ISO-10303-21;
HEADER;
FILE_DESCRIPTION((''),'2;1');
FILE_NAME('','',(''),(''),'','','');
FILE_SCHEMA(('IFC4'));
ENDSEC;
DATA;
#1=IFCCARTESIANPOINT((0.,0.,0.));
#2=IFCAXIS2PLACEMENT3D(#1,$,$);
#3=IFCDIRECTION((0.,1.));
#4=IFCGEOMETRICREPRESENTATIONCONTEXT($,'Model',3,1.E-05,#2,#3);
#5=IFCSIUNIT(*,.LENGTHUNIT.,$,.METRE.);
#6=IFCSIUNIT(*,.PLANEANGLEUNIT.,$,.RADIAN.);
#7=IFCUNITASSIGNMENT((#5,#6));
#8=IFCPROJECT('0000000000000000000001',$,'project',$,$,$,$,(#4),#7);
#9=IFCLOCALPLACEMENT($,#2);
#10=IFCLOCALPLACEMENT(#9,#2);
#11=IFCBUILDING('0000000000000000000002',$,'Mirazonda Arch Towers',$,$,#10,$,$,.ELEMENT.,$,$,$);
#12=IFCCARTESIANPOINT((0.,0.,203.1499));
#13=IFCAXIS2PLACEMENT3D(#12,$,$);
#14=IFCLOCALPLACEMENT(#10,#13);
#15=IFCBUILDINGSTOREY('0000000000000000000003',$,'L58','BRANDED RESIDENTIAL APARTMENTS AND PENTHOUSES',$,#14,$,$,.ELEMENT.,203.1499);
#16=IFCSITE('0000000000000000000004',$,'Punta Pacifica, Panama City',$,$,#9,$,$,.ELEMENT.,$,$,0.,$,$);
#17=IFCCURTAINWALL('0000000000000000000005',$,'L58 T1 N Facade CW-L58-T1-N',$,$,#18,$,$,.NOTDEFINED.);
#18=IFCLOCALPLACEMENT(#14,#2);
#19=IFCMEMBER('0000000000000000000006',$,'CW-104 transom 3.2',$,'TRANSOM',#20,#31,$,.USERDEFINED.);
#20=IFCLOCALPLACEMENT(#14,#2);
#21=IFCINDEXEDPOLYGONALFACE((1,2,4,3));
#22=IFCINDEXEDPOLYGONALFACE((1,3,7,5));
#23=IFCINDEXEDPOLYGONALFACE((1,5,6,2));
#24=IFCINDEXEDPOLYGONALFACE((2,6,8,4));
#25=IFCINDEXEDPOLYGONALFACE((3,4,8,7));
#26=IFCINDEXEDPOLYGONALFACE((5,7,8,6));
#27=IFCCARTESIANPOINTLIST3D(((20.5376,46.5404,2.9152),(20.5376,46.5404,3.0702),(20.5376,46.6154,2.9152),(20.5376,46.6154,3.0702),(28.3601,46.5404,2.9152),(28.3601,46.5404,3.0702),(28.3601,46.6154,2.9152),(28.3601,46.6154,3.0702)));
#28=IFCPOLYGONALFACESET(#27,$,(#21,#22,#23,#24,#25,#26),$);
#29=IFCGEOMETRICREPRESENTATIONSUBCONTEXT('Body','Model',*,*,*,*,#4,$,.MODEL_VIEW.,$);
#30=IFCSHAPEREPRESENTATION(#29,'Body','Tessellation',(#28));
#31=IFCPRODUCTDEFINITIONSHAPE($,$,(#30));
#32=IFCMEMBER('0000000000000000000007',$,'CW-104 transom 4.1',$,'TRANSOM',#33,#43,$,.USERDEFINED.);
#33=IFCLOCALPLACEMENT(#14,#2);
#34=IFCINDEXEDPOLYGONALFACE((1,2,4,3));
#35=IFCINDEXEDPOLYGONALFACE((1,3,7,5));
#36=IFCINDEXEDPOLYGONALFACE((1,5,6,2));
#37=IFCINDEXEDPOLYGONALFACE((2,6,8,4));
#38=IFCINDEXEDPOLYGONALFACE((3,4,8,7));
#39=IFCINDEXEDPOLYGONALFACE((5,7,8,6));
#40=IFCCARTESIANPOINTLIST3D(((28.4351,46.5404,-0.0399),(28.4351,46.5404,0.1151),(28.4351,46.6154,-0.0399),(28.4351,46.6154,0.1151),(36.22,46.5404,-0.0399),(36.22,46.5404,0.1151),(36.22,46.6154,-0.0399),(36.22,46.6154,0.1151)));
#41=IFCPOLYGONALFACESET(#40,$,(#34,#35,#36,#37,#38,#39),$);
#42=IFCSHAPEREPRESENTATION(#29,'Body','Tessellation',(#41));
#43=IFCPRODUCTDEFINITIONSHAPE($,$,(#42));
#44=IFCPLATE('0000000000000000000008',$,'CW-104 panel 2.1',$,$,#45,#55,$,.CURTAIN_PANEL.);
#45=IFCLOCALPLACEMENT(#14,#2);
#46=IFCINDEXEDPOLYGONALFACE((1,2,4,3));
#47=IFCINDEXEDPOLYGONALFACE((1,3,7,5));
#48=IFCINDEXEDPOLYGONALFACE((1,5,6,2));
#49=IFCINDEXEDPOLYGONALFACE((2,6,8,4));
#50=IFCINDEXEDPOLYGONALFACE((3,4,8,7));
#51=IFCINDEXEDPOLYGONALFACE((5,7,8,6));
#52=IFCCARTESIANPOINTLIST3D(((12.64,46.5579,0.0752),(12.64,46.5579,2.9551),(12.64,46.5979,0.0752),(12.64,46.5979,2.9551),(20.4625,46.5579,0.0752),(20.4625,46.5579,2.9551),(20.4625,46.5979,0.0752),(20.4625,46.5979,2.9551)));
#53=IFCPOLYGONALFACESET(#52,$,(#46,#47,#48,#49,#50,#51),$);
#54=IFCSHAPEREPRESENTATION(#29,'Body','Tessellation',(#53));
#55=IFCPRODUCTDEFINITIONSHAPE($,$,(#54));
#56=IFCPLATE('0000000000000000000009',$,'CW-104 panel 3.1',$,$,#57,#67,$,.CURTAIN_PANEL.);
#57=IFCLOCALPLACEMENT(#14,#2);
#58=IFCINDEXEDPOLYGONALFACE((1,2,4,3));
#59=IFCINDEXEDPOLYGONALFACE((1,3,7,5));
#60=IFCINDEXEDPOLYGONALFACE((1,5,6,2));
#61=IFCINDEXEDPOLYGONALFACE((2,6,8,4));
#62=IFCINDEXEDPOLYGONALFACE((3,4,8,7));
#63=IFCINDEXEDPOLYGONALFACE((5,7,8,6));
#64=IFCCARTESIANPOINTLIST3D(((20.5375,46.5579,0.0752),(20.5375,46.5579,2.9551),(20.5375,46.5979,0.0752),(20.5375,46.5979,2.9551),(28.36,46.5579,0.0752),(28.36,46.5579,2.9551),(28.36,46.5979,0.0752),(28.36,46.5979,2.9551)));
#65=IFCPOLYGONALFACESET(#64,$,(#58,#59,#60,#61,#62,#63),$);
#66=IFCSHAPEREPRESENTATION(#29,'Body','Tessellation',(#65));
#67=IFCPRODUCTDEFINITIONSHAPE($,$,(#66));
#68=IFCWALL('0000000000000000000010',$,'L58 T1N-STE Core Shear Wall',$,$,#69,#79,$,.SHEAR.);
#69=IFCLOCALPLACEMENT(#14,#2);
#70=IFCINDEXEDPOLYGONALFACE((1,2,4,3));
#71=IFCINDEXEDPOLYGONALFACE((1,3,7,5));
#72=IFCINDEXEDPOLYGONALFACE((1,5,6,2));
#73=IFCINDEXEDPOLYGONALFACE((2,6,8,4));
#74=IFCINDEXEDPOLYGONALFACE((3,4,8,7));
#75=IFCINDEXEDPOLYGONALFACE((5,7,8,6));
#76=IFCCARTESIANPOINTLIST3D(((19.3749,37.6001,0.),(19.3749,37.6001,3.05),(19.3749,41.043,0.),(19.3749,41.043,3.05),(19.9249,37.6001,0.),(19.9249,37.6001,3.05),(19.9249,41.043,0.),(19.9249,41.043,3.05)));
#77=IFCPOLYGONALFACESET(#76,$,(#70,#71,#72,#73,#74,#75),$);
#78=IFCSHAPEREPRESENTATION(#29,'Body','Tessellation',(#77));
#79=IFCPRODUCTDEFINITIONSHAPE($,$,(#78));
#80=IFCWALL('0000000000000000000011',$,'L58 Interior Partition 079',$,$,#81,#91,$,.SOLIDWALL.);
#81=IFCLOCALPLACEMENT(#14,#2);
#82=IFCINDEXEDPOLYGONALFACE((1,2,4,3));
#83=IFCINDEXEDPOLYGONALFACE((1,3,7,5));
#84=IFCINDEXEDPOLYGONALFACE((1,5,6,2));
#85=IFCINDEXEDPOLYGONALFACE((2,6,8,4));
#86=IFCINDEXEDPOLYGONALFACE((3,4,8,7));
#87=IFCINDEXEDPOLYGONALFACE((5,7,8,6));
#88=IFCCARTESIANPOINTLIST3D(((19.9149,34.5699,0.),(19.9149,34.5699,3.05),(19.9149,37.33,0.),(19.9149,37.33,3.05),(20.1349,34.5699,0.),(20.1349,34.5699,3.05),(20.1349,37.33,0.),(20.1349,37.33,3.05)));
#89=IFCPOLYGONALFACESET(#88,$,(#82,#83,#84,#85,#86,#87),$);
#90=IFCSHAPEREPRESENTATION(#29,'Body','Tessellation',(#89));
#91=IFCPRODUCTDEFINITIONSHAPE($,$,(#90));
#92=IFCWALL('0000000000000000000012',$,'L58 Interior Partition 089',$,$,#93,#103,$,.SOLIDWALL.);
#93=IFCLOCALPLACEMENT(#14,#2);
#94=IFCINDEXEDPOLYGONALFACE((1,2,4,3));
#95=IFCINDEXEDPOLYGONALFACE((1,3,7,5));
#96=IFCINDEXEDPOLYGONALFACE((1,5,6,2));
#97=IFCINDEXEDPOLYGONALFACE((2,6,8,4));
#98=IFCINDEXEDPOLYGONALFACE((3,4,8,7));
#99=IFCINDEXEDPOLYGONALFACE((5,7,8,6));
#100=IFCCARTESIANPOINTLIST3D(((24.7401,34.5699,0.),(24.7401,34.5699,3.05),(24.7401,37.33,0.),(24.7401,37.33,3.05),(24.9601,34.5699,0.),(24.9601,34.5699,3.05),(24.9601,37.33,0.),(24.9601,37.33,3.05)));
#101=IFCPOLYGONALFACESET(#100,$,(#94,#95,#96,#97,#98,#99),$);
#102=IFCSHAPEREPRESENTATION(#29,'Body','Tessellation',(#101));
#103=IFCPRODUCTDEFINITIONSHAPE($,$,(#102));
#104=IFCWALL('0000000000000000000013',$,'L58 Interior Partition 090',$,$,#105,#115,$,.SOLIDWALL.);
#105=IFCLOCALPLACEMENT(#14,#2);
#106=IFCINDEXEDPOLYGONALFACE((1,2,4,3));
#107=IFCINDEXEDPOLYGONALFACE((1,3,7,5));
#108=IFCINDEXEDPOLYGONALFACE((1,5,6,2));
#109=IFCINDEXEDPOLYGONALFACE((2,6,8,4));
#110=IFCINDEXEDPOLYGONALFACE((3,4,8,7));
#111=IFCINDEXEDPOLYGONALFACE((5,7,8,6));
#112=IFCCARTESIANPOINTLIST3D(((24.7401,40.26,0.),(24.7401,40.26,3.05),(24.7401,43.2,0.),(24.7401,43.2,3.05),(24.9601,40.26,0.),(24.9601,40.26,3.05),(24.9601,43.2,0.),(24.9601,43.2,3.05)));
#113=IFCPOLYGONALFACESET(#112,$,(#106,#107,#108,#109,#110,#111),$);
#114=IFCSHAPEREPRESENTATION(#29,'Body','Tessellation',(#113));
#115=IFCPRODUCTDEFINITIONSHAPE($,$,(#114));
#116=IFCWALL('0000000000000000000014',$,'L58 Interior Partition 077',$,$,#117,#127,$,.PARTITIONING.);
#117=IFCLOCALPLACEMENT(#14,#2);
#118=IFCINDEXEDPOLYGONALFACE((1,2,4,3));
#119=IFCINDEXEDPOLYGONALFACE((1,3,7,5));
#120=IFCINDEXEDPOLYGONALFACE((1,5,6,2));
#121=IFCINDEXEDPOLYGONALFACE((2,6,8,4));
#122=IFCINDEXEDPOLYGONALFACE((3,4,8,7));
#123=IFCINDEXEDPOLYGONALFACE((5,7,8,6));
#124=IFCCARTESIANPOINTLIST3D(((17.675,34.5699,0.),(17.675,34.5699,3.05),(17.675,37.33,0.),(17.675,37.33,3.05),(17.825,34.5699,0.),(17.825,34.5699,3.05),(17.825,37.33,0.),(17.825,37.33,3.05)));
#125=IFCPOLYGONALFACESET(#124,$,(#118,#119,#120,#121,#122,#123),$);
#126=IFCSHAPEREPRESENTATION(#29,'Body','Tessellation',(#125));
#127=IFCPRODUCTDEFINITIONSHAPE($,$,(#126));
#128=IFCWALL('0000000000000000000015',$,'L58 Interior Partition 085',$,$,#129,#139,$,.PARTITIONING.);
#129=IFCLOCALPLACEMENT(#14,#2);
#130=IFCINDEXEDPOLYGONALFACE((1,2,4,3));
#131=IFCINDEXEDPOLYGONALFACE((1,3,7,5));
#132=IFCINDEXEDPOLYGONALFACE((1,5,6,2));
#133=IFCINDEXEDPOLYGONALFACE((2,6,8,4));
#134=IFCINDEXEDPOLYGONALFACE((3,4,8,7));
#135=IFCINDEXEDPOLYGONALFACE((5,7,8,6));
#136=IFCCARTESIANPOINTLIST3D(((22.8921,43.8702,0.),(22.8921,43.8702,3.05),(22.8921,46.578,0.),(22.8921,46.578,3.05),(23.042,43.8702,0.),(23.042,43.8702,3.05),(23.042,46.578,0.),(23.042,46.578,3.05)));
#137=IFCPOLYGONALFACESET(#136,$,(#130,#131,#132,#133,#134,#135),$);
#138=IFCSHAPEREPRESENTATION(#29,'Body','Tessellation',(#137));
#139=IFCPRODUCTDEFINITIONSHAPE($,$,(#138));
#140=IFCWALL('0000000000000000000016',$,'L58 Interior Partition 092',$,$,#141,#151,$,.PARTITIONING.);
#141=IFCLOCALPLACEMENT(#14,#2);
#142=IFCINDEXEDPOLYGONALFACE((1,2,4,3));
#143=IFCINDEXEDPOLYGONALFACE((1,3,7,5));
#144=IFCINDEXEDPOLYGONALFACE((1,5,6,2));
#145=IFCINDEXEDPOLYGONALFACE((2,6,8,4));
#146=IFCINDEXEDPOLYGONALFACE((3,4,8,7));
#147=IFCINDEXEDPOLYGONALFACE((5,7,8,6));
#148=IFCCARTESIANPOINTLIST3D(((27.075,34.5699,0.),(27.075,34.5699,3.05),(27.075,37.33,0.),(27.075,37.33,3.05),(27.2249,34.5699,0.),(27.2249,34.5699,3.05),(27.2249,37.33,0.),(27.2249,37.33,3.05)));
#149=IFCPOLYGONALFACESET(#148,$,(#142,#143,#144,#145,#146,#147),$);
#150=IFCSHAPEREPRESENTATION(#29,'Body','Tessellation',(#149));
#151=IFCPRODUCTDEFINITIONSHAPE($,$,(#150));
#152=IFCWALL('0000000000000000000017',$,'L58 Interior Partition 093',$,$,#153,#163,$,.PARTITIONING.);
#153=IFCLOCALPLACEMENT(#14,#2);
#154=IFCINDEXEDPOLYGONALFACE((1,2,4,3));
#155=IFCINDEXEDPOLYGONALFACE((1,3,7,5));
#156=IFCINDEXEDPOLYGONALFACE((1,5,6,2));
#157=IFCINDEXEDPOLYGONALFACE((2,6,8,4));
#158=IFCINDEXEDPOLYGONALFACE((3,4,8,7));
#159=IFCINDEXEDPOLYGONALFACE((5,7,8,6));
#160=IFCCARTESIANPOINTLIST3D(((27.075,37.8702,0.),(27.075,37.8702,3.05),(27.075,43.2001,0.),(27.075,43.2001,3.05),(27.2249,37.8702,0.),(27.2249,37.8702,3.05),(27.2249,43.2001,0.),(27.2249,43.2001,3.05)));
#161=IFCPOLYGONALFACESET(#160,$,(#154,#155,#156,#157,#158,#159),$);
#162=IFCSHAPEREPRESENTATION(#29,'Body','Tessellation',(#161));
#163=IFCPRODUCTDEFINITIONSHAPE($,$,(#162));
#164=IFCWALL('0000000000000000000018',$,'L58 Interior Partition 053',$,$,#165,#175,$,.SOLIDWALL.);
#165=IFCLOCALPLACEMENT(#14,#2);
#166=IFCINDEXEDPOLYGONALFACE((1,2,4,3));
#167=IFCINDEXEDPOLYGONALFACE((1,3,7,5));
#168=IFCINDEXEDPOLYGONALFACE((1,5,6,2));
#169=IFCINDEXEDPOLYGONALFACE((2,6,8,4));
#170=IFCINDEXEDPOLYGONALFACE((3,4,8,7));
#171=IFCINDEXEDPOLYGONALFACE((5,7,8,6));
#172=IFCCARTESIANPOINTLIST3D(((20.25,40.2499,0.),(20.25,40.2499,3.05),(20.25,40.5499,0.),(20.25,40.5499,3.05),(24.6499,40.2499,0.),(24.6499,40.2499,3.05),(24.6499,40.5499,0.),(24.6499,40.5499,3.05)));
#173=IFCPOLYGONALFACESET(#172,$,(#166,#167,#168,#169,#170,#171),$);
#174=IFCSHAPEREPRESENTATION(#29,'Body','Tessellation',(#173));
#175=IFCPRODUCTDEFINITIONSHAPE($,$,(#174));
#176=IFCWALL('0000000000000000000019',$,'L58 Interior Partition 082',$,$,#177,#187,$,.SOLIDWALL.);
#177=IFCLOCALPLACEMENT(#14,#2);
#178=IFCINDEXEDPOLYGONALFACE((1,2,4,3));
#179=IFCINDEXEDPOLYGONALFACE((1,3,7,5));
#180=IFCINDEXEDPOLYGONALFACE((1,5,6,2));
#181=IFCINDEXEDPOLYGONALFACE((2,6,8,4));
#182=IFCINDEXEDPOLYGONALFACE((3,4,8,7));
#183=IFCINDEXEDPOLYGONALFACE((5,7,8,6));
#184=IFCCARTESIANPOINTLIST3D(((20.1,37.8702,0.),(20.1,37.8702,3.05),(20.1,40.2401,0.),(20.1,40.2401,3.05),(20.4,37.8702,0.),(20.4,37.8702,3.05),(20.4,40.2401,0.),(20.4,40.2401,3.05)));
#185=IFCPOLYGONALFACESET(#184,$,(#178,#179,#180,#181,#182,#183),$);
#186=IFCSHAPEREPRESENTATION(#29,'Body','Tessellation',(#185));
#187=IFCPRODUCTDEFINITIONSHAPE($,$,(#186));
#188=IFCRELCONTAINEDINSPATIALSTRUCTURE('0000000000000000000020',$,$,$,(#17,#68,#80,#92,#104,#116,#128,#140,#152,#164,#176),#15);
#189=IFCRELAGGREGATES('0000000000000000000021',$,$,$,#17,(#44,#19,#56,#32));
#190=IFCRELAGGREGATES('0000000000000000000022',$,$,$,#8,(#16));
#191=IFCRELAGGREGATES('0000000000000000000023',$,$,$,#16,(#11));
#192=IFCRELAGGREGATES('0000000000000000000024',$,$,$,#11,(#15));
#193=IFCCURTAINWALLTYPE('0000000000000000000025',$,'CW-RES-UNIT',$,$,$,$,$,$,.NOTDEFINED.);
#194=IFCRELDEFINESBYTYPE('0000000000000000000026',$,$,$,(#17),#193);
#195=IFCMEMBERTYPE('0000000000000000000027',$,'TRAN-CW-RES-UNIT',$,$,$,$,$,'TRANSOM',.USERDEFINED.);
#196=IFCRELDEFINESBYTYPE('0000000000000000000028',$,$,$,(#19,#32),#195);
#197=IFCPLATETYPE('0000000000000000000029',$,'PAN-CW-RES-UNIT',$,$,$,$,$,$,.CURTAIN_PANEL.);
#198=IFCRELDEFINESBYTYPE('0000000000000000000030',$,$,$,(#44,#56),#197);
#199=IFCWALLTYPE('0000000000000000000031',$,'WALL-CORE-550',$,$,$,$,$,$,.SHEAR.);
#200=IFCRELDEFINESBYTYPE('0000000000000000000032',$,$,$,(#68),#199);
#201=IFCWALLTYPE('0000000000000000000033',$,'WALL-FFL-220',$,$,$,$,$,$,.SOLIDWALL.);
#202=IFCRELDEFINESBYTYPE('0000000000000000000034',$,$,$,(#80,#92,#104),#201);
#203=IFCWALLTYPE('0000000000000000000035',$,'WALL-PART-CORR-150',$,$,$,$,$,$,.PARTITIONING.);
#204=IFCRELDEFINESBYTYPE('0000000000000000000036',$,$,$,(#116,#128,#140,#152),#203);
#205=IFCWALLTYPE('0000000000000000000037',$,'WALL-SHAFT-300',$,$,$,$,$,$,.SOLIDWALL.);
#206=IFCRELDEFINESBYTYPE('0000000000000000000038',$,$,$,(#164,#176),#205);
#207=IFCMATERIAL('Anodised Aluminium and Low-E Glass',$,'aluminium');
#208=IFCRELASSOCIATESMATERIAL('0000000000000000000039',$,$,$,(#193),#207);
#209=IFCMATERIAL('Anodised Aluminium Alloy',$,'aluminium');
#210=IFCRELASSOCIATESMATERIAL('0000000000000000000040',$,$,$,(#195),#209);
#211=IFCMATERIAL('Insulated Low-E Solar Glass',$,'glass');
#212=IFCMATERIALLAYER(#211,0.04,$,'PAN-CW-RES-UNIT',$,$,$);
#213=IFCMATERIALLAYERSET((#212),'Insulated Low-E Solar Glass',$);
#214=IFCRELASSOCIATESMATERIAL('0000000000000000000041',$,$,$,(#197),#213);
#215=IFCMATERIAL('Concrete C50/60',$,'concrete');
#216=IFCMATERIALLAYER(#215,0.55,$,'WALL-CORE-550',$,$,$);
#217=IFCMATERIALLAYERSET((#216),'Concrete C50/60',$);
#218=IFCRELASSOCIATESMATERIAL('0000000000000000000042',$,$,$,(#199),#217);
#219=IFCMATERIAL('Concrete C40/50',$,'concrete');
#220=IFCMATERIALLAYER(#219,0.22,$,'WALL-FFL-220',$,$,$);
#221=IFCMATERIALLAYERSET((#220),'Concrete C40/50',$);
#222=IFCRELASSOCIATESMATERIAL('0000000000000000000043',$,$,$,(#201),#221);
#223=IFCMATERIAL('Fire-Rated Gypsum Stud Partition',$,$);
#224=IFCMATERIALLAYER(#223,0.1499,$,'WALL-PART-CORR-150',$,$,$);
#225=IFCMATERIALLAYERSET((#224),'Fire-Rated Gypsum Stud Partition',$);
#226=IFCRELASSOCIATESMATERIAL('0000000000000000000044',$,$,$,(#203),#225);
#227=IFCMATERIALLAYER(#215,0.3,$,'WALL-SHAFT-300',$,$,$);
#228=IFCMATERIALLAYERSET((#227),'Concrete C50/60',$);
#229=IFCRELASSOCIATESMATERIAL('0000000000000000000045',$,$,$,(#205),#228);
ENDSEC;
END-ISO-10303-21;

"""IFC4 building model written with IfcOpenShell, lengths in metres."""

from ifc_helpers import new_model, si_unit, direction, frame, frame_2d, origin, origin_2d, place, context, subcontext, project, spatial, rectangle, extrude, material, layer, layer_set, material_profile, profile_set, type_object, element, aggregate, save


model = new_model("IFC4")

# Units and contexts
model_context = context("Model", 3, precision=1e-05, world=origin(), true_north=direction((0.0, 1.0)))
body_context = subcontext(model_context, "Body", "Model", "MODEL_VIEW")
ifc_project = project(units=[si_unit("LENGTHUNIT", "METRE"), si_unit("PLANEANGLEUNIT", "RADIAN")], contexts=[model_context])

# Site, building, storey
site_placement = place(None, origin())
site = spatial("IfcSite", under=ifc_project, at=site_placement, Name="Punta Pacifica, Panama City", CompositionType="ELEMENT", RefElevation=0.0)
building_placement = place(site_placement, origin())
building = spatial("IfcBuilding", under=site, at=building_placement, Name="Mirazonda Arch Towers", CompositionType="ELEMENT")
storey_placement = place(building_placement, frame((0.0, 0.0, 203.1499)))
storey = spatial("IfcBuildingStorey", under=building, at=storey_placement, Name="L58", Description="BRANDED RESIDENTIAL APARTMENTS AND PENTHOUSES", CompositionType="ELEMENT", Elevation=203.1499)

# Shared definitions
ifc_material_1 = material(Name="Concrete C50/60", Category="concrete")

# Curtain wall, members, plates
ifc_material_2 = material(Name="Anodised Aluminium and Low-E Glass", Category="aluminium")
curtain_wall_type = type_object("IfcCurtainWallType", Name="CW-RES-UNIT", PredefinedType="NOTDEFINED", material=ifc_material_2)
curtain_wall_placement = place(storey_placement, origin())
curtain_wall = element("IfcCurtainWall", 1, at=curtain_wall_placement, inside=storey, type_object=curtain_wall_type, Name="L58 T1 N Facade CW-L58-T1-N", PredefinedType="NOTDEFINED")
ifc_material_3 = material(Name="Anodised Aluminium Alloy", Category="aluminium")
ifc_material_profile_1 = material_profile(ifc_material_3, rectangle(XDim=0.075, YDim=0.155, at=origin_2d()), Name="ALU-TRAN-75x155")
ifc_profile_set_1 = profile_set([ifc_material_profile_1], Name="Anodised Aluminium Alloy")
member_type_1 = type_object("IfcMemberType", Name="TRAN-CW-RES-UNIT", ElementType="TRANSOM", PredefinedType="USERDEFINED", material=ifc_profile_set_1)
member_1_placement = place(storey_placement, frame((20.5376, 46.5779, 2.9927), z_axis=(1.0, 0.0, 0.0), x_axis=(0.0, 1.0, 0.0)))
member_1 = element("IfcMember", 2, at=member_1_placement, type_object=member_type_1, Name="CW-104 transom 3.2", ObjectType="TRANSOM", PredefinedType="USERDEFINED", context=body_context, shape_type="SweptSolid", body=[
    extrude(rectangle(XDim=0.075, YDim=0.155, at=origin_2d()), origin(), (0.0, 0.0, 1.0), 7.8225),
])
member_2_placement = place(storey_placement, frame((28.4351, 46.5779, 0.0376), z_axis=(1.0, 0.0, 0.0), x_axis=(0.0, 1.0, 0.0)))
member_2 = element("IfcMember", 3, at=member_2_placement, type_object=member_type_1, Name="CW-104 transom 4.1", ObjectType="TRANSOM", PredefinedType="USERDEFINED", context=body_context, shape_type="SweptSolid", body=[
    extrude(rectangle(XDim=0.075, YDim=0.155, at=origin_2d()), origin(), (0.0, 0.0, 1.0), 7.7849),
])
ifc_material_4 = material(Name="Insulated Low-E Solar Glass", Category="glass")
ifc_layer_1 = layer(ifc_material_4, 0.04, Name="PAN-CW-RES-UNIT")
ifc_layer_set_1 = layer_set([ifc_layer_1], Name="Insulated Low-E Solar Glass")
plate_type = type_object("IfcPlateType", Name="PAN-CW-RES-UNIT", PredefinedType="CURTAIN_PANEL", material=ifc_layer_set_1)
plate_1_placement = place(storey_placement, frame((16.5513, 46.5779, 0.0752), z_axis=(0.0, 0.0, 1.0), x_axis=(1.0, 0.0, 0.0)))
plate_1 = element("IfcPlate", 4, at=plate_1_placement, type_object=plate_type, Name="CW-104 panel 2.1", PredefinedType="CURTAIN_PANEL", context=body_context, shape_type="SweptSolid", body=[
    extrude(rectangle(XDim=7.8225, YDim=0.04, at=origin_2d()), origin(), (0.0, 0.0, 1.0), 2.8799),
])
plate_2_placement = place(storey_placement, frame((24.4487, 46.5779, 0.0752), z_axis=(0.0, 0.0, 1.0), x_axis=(1.0, 0.0, 0.0)))
plate_2 = element("IfcPlate", 5, at=plate_2_placement, type_object=plate_type, Name="CW-104 panel 3.1", PredefinedType="CURTAIN_PANEL", context=body_context, shape_type="SweptSolid", body=[
    extrude(rectangle(XDim=7.8225, YDim=0.04, at=origin_2d()), origin(), (0.0, 0.0, 1.0), 2.8799),
])
aggregate(curtain_wall, [plate_1, member_1, plate_2, member_2])

# Walls
ifc_layer_2 = layer(ifc_material_1, 0.55, Name="WALL-CORE-550")
ifc_layer_set_2 = layer_set([ifc_layer_2], Name="Concrete C50/60")
wall_type_1 = type_object("IfcWallType", Name="WALL-CORE-550", PredefinedType="SHEAR", material=ifc_layer_set_2)
wall_1_placement = place(storey_placement, frame((19.6499, 37.6001, 0.0), z_axis=(0.0, 0.0, 1.0), x_axis=(0.0, 1.0, 0.0)))
element("IfcWall", 6, at=wall_1_placement, inside=storey, type_object=wall_type_1, Name="L58 T1N-STE Core Shear Wall", PredefinedType="SHEAR", context=body_context, shape_type="SweptSolid", body=[
    extrude(rectangle(XDim=3.4429, YDim=0.55, at=frame_2d((1.7214, 0.0))), origin(), (0.0, 0.0, 1.0), 3.05),
])
ifc_material_5 = material(Name="Concrete C40/50", Category="concrete")
ifc_layer_3 = layer(ifc_material_5, 0.22, Name="WALL-FFL-220")
ifc_layer_set_3 = layer_set([ifc_layer_3], Name="Concrete C40/50")
wall_type_2 = type_object("IfcWallType", Name="WALL-FFL-220", PredefinedType="SOLIDWALL", material=ifc_layer_set_3)
for number, where, z_axis, x_axis, name in (
    (7, (20.0249, 34.5701, 0.0), (0.0, 0.0, 1.0), (0.0, 1.0, 0.0), "L58 Interior Partition 079"),
    (8, (24.8501, 34.5701, 0.0), (0.0, 0.0, 1.0), (0.0, 1.0, 0.0), "L58 Interior Partition 089"),
):
    element("IfcWall", number, at=place(storey_placement, frame(where, z_axis=z_axis, x_axis=x_axis)), inside=storey, type_object=wall_type_2, Name=name, PredefinedType="SOLIDWALL", context=body_context, shape_type="SweptSolid", body=[
        extrude(rectangle(XDim=2.76, YDim=0.22, at=frame_2d((1.3799, 0.0))), origin(), (0.0, 0.0, 1.0), 3.05),
    ])
wall_2_placement = place(storey_placement, frame((24.8501, 40.26, 0.0), z_axis=(0.0, 0.0, 1.0), x_axis=(0.0, 1.0, 0.0)))
element("IfcWall", 9, at=wall_2_placement, inside=storey, type_object=wall_type_2, Name="L58 Interior Partition 090", PredefinedType="SOLIDWALL", context=body_context, shape_type="SweptSolid", body=[
    extrude(rectangle(XDim=2.9399, YDim=0.22, at=frame_2d((1.47, 0.0))), origin(), (0.0, 0.0, 1.0), 3.05),
])
ifc_material_6 = material(Name="Fire-Rated Gypsum Stud Partition")
ifc_layer_4 = layer(ifc_material_6, 0.1499, Name="WALL-PART-CORR-150")
ifc_layer_set_4 = layer_set([ifc_layer_4], Name="Fire-Rated Gypsum Stud Partition")
wall_type_3 = type_object("IfcWallType", Name="WALL-PART-CORR-150", PredefinedType="PARTITIONING", material=ifc_layer_set_4)
wall_3_placement = place(storey_placement, frame((17.75, 34.5701, 0.0), z_axis=(0.0, 0.0, 1.0), x_axis=(0.0, 1.0, 0.0)))
element("IfcWall", 10, at=wall_3_placement, inside=storey, type_object=wall_type_3, Name="L58 Interior Partition 077", PredefinedType="PARTITIONING", context=body_context, shape_type="SweptSolid", body=[
    extrude(rectangle(XDim=2.76, YDim=0.1499, at=frame_2d((1.3799, 0.0))), origin(), (0.0, 0.0, 1.0), 3.05),
])
wall_4_placement = place(storey_placement, frame((22.967, 43.8701, 0.0), z_axis=(0.0, 0.0, 1.0), x_axis=(0.0, 1.0, 0.0)))
element("IfcWall", 11, at=wall_4_placement, inside=storey, type_object=wall_type_3, Name="L58 Interior Partition 085", PredefinedType="PARTITIONING", context=body_context, shape_type="SweptSolid", body=[
    extrude(rectangle(XDim=2.7078, YDim=0.1499, at=frame_2d((1.354, 0.0))), origin(), (0.0, 0.0, 1.0), 3.05),
])
wall_5_placement = place(storey_placement, frame((27.1499, 34.5701, 0.0), z_axis=(0.0, 0.0, 1.0), x_axis=(0.0, 1.0, 0.0)))
element("IfcWall", 12, at=wall_5_placement, inside=storey, type_object=wall_type_3, Name="L58 Interior Partition 092", PredefinedType="PARTITIONING", context=body_context, shape_type="SweptSolid", body=[
    extrude(rectangle(XDim=2.76, YDim=0.1499, at=frame_2d((1.3799, 0.0))), origin(), (0.0, 0.0, 1.0), 3.05),
])
wall_6_placement = place(storey_placement, frame((27.1499, 37.8701, 0.0), z_axis=(0.0, 0.0, 1.0), x_axis=(0.0, 1.0, 0.0)))
element("IfcWall", 13, at=wall_6_placement, inside=storey, type_object=wall_type_3, Name="L58 Interior Partition 093", PredefinedType="PARTITIONING", context=body_context, shape_type="SweptSolid", body=[
    extrude(rectangle(XDim=5.3298, YDim=0.1499, at=frame_2d((2.665, 0.0))), origin(), (0.0, 0.0, 1.0), 3.05),
])
ifc_layer_5 = layer(ifc_material_1, 0.3, Name="WALL-SHAFT-300")
ifc_layer_set_5 = layer_set([ifc_layer_5], Name="Concrete C50/60")
wall_type_4 = type_object("IfcWallType", Name="WALL-SHAFT-300", PredefinedType="SOLIDWALL", material=ifc_layer_set_5)
wall_7_placement = place(storey_placement, frame((20.25, 40.3999, 0.0), z_axis=(0.0, 0.0, 1.0), x_axis=(1.0, 0.0, 0.0)))
element("IfcWall", 14, at=wall_7_placement, inside=storey, type_object=wall_type_4, Name="L58 Interior Partition 053", PredefinedType="SOLIDWALL", context=body_context, shape_type="SweptSolid", body=[
    extrude(rectangle(XDim=4.3999, YDim=0.3, at=frame_2d((2.2, 0.0))), origin(), (0.0, 0.0, 1.0), 3.05),
])
for number, where, z_axis, x_axis, name in (
    (15, (20.25, 37.8701, 0.0), (0.0, 0.0, 1.0), (0.0, 1.0, 0.0), "L58 Interior Partition 082"),
):
    element("IfcWall", number, at=place(storey_placement, frame(where, z_axis=z_axis, x_axis=x_axis)), inside=storey, type_object=wall_type_4, Name=name, PredefinedType="SOLIDWALL", context=body_context, shape_type="SweptSolid", body=[
        extrude(rectangle(XDim=2.3699, YDim=0.3, at=frame_2d((1.1851, 0.0))), origin(), (0.0, 0.0, 1.0), 3.05),
    ])

save(model, "model.ifc")
